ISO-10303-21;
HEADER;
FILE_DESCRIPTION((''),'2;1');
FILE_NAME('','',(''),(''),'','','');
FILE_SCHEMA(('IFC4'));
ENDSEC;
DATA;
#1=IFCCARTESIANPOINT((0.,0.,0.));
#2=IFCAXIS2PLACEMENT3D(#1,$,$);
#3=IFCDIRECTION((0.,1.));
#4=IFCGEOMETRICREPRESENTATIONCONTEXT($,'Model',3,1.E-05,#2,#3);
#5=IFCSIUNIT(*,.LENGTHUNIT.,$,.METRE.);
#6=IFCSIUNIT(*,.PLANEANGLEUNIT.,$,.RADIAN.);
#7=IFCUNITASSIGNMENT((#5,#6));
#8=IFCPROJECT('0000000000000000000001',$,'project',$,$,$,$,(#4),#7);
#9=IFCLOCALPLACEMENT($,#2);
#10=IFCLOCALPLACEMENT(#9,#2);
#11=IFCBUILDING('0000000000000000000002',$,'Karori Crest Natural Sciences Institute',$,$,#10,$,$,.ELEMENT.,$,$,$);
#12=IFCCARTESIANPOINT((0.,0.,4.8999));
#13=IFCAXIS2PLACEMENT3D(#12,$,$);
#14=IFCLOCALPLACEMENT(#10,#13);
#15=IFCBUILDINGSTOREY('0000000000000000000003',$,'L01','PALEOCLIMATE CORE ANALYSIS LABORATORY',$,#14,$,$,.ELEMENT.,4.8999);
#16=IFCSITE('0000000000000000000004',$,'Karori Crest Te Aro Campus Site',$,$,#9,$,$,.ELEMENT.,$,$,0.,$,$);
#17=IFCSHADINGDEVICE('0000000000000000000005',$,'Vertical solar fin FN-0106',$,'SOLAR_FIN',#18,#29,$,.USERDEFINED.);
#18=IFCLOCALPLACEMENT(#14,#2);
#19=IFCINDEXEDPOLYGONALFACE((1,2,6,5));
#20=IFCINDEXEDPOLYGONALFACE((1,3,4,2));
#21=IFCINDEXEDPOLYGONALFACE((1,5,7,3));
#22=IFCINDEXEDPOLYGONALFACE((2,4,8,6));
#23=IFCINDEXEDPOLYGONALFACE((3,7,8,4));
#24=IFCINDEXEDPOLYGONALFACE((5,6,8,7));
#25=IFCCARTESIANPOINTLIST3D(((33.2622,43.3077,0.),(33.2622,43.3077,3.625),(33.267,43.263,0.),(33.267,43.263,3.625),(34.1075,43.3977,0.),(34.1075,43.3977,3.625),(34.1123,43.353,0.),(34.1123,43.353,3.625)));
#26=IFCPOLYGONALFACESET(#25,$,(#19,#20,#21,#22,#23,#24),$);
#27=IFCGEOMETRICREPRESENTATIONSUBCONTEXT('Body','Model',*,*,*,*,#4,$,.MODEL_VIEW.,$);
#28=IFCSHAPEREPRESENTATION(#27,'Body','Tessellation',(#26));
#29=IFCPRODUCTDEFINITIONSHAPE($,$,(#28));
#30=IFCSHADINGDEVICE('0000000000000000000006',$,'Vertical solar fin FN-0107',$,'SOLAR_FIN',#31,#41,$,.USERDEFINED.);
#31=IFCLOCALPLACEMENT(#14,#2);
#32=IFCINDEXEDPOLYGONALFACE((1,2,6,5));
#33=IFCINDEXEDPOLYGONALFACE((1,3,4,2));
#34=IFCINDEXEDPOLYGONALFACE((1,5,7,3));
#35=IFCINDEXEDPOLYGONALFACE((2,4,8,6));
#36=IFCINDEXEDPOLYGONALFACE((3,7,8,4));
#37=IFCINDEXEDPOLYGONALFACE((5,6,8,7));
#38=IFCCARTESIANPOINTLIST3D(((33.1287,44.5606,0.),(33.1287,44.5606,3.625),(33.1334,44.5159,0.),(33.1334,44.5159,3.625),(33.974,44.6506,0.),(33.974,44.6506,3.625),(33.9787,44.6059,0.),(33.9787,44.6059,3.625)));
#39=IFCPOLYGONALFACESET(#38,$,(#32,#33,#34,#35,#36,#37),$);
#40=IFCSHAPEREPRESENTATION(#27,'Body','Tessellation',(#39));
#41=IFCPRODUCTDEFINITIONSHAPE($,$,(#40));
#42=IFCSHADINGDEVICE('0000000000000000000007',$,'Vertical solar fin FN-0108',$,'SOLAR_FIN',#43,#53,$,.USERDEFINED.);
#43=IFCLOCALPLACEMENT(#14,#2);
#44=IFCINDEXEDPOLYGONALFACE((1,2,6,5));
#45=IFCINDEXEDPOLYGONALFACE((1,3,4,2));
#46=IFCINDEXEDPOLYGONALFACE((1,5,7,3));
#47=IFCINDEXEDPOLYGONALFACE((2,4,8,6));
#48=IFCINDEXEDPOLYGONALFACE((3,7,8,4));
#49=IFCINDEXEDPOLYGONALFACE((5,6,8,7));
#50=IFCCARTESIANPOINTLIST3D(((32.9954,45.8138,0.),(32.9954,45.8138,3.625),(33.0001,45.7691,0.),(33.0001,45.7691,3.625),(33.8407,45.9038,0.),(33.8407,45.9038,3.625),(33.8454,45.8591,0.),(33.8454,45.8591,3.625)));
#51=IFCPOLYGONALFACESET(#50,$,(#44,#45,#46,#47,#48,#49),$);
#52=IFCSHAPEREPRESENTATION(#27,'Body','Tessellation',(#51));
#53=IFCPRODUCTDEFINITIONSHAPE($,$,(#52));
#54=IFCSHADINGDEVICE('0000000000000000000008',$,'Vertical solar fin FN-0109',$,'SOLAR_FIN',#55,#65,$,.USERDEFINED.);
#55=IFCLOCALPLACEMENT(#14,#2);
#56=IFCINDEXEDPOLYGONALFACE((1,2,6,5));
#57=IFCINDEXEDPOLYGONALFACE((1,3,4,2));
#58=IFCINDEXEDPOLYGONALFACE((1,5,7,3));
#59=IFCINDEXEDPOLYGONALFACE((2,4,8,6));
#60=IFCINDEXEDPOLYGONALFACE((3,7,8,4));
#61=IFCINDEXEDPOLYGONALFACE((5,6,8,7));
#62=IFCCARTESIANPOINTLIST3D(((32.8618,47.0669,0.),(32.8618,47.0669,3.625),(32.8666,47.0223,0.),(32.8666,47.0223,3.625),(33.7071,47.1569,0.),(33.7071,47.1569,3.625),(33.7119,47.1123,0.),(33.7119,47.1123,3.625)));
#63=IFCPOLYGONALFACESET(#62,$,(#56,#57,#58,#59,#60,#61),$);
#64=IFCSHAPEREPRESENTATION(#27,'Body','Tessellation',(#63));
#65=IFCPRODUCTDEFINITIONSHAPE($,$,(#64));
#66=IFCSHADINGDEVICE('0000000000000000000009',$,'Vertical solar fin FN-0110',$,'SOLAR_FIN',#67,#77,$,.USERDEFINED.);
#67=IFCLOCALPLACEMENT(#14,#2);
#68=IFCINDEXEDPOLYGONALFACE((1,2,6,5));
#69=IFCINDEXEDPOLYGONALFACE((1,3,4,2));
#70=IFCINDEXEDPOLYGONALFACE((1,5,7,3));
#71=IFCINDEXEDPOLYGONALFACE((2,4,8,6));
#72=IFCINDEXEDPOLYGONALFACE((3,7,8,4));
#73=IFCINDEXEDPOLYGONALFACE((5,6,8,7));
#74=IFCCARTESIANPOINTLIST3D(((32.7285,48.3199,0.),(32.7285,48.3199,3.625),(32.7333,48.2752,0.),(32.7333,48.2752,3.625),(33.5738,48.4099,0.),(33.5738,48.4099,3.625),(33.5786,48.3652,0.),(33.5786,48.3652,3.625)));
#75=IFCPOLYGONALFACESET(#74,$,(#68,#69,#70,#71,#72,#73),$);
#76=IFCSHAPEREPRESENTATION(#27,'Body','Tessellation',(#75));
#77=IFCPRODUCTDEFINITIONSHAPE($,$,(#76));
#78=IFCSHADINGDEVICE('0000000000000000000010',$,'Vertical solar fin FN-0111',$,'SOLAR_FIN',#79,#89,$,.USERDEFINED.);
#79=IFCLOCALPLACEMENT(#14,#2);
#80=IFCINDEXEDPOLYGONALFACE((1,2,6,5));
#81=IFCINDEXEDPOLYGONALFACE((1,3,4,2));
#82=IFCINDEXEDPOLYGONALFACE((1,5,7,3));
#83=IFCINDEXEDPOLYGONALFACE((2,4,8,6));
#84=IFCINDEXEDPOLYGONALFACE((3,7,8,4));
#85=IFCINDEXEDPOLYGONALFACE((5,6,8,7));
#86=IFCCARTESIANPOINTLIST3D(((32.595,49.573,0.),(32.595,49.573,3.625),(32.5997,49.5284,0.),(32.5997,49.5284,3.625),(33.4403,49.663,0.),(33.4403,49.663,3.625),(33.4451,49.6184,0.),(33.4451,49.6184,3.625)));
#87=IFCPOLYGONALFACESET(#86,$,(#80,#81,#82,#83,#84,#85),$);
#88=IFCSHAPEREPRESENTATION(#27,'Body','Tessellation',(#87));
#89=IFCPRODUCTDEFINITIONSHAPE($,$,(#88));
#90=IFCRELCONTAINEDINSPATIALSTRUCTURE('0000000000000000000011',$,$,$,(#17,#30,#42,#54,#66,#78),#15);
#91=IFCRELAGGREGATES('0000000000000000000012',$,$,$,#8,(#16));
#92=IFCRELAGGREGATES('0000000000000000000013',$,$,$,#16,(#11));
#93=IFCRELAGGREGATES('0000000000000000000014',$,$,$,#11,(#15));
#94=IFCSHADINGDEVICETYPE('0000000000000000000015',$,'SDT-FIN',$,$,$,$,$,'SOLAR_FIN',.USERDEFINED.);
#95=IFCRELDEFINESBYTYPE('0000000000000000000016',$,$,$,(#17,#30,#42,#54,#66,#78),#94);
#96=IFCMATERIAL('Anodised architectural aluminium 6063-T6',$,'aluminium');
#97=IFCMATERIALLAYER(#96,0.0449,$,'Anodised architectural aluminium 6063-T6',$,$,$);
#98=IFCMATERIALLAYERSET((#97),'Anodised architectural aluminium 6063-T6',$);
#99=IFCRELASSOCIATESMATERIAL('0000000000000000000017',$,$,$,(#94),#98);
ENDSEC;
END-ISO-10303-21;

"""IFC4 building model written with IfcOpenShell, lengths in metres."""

from ifc_helpers import new_model, si_unit, direction, frame, origin, origin_2d, place, context, subcontext, project, spatial, rectangle, extrude, material, layer, layer_set, type_object, element, save


model = new_model("IFC4")

# Units and contexts
model_context = context("Model", 3, precision=1e-05, world=origin(), true_north=direction((0.0, 1.0)))
body_context = subcontext(model_context, "Body", "Model", "MODEL_VIEW")
ifc_project = project(units=[si_unit("LENGTHUNIT", "METRE"), si_unit("PLANEANGLEUNIT", "RADIAN")], contexts=[model_context])

# Site, building, storey
site_placement = place(None, origin())
site = spatial("IfcSite", under=ifc_project, at=site_placement, Name="Karori Crest Te Aro Campus Site", CompositionType="ELEMENT", RefElevation=0.0)
building_placement = place(site_placement, origin())
building = spatial("IfcBuilding", under=site, at=building_placement, Name="Karori Crest Natural Sciences Institute", CompositionType="ELEMENT")
storey_placement = place(building_placement, frame((0.0, 0.0, 4.8999)))
storey = spatial("IfcBuildingStorey", under=building, at=storey_placement, Name="L01", Description="PALEOCLIMATE CORE ANALYSIS LABORATORY", CompositionType="ELEMENT", Elevation=4.8999)

# Shared definitions
ifc_material_1 = material(Name="Anodised architectural aluminium 6063-T6", Category="aluminium")

# Shading devices
ifc_layer_1 = layer(ifc_material_1, 0.0449, Name="Anodised architectural aluminium 6063-T6")
ifc_layer_set_1 = layer_set([ifc_layer_1], Name="Anodised architectural aluminium 6063-T6")
shading_device_type = type_object("IfcShadingDeviceType", Name="SDT-FIN", ElementType="SOLAR_FIN", PredefinedType="USERDEFINED", material=ifc_layer_set_1)
for number, where, z_axis, x_axis, name in (
    (1, (33.6873, 43.3303, 0.0), (0.0, 0.0, 1.0), (-0.994379, -0.105882, 0.0), "Vertical solar fin FN-0106"),
    (2, (33.5537, 44.5833, 0.0), (0.0, 0.0, 1.0), (-0.994379, -0.105882, 0.0), "Vertical solar fin FN-0107"),
    (3, (33.4204, 45.8364, 0.0), (0.0, 0.0, 1.0), (-0.994379, -0.105882, 0.0), "Vertical solar fin FN-0108"),
    (4, (33.2869, 47.0896, 0.0), (0.0, 0.0, 1.0), (-0.994379, -0.105882, 0.0), "Vertical solar fin FN-0109"),
    (5, (33.1536, 48.3425, 0.0), (0.0, 0.0, 1.0), (-0.994379, -0.105882, 0.0), "Vertical solar fin FN-0110"),
    (6, (33.02, 49.5957, 0.0), (0.0, 0.0, 1.0), (-0.994379, -0.105882, 0.0), "Vertical solar fin FN-0111"),
):
    element("IfcShadingDevice", number, at=place(storey_placement, frame(where, z_axis=z_axis, x_axis=x_axis)), inside=storey, type_object=shading_device_type, Name=name, ObjectType="SOLAR_FIN", PredefinedType="USERDEFINED", context=body_context, shape_type="SweptSolid", body=[
        extrude(rectangle(XDim=0.8501, YDim=0.0449, at=origin_2d()), origin(), (0.0, 0.0, 1.0), 3.625),
    ])

save(model, "model.ifc")
